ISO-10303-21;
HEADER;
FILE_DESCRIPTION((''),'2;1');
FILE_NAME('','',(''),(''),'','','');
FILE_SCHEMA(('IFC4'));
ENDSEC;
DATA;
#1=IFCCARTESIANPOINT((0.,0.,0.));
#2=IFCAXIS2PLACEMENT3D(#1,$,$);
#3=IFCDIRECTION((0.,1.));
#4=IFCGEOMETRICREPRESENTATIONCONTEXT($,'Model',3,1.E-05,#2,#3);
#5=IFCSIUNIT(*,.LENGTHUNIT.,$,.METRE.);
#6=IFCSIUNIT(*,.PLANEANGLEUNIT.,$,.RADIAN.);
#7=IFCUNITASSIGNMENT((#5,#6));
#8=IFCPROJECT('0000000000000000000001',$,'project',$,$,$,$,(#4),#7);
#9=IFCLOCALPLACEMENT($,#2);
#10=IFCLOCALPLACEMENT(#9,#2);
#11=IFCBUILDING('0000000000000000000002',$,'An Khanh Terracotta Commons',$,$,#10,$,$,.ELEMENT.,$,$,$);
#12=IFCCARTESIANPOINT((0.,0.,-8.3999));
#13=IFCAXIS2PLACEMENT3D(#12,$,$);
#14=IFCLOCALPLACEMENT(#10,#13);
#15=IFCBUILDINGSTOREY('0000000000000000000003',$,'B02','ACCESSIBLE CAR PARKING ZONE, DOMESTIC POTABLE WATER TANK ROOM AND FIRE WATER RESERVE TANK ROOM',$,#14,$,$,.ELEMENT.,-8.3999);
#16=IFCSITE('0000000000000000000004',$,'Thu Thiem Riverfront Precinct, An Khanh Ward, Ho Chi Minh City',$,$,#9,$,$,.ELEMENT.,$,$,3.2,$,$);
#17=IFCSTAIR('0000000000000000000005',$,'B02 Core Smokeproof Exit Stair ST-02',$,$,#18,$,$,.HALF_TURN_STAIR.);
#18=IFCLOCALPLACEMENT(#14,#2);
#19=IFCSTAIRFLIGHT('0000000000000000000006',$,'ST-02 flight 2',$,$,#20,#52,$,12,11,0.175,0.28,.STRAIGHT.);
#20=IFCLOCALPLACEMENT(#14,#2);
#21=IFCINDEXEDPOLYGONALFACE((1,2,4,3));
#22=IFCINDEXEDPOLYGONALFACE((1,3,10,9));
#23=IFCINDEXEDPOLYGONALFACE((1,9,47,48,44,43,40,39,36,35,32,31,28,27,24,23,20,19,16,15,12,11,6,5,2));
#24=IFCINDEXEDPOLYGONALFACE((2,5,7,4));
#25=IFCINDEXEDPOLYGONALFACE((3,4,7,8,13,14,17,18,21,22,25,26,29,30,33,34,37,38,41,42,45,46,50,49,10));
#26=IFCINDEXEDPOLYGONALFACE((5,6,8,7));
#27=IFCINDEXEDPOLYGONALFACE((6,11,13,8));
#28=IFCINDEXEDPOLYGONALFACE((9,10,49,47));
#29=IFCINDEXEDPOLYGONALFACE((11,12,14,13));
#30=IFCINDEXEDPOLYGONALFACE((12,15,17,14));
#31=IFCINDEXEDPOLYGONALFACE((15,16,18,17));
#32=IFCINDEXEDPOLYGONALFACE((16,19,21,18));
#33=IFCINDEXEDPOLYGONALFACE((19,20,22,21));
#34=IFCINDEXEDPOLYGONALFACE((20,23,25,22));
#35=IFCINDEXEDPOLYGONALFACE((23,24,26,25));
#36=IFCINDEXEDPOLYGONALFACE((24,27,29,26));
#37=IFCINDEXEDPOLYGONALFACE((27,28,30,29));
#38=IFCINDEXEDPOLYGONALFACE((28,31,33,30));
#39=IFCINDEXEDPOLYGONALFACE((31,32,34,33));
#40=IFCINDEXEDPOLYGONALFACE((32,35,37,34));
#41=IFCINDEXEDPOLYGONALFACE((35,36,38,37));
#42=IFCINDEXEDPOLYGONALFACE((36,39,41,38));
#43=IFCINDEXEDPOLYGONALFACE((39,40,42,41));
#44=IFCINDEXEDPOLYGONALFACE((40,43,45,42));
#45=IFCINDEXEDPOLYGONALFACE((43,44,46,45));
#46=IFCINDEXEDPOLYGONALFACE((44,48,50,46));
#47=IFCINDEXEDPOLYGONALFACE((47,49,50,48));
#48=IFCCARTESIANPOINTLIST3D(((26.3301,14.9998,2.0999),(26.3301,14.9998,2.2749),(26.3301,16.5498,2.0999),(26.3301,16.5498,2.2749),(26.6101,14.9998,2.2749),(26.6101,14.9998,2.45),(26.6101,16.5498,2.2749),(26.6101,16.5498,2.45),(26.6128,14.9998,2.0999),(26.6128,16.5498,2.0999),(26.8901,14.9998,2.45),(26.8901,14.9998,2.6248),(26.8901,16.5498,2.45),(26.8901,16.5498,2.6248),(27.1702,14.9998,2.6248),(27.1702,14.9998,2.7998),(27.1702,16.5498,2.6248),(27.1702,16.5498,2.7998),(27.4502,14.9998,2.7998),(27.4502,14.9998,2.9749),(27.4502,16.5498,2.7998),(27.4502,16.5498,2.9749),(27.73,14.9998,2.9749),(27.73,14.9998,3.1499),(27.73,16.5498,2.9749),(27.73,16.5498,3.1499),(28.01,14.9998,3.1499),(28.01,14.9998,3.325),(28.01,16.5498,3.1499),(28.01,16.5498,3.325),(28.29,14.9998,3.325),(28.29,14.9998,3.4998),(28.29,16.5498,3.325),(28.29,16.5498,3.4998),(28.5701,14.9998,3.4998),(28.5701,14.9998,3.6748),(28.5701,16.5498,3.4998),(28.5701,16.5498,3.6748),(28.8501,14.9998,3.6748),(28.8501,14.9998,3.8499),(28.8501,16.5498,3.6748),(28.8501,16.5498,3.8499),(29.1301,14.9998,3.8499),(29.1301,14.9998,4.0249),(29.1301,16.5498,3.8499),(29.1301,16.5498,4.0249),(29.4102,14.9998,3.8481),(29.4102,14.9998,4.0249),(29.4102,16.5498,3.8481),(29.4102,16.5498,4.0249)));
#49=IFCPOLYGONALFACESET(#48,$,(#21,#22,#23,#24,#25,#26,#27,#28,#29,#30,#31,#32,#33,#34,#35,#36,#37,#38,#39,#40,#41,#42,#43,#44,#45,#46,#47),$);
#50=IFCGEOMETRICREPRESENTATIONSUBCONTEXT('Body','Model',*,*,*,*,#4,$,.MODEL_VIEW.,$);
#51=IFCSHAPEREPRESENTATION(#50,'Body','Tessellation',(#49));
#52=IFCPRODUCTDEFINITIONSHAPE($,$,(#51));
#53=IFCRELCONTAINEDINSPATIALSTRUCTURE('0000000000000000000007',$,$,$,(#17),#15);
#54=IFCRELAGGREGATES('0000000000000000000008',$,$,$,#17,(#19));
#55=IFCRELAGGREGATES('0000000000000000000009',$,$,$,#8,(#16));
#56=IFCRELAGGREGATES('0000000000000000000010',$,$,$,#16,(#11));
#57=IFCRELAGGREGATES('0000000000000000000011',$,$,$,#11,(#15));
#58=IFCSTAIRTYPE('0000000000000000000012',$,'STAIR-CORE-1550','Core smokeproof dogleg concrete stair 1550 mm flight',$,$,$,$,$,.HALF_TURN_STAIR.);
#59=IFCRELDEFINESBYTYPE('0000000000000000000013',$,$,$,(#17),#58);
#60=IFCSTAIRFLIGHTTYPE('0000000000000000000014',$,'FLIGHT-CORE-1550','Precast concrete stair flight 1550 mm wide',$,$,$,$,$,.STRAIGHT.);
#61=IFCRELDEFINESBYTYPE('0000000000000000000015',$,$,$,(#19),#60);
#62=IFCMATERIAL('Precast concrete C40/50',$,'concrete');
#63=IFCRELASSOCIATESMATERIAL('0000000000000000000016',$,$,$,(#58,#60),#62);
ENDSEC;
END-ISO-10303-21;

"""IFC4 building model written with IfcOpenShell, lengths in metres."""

from ifc_helpers import new_model, si_unit, direction, frame, origin, place, context, subcontext, project, spatial, polyline, outline, extrude, material, type_object, element, aggregate, save


model = new_model("IFC4")

# Units and contexts
model_context = context("Model", 3, precision=1e-05, world=origin(), true_north=direction((0.0, 1.0)))
body_context = subcontext(model_context, "Body", "Model", "MODEL_VIEW")
ifc_project = project(units=[si_unit("LENGTHUNIT", "METRE"), si_unit("PLANEANGLEUNIT", "RADIAN")], contexts=[model_context])

# Site, building, storey
site_placement = place(None, origin())
site = spatial("IfcSite", under=ifc_project, at=site_placement, Name="Thu Thiem Riverfront Precinct, An Khanh Ward, Ho Chi Minh City", CompositionType="ELEMENT", RefElevation=3.2)
building_placement = place(site_placement, origin())
building = spatial("IfcBuilding", under=site, at=building_placement, Name="An Khanh Terracotta Commons", CompositionType="ELEMENT")
storey_placement = place(building_placement, frame((0.0, 0.0, -8.3999)))
storey = spatial("IfcBuildingStorey", under=building, at=storey_placement, Name="B02", Description="ACCESSIBLE CAR PARKING ZONE, DOMESTIC POTABLE WATER TANK ROOM AND FIRE WATER RESERVE TANK ROOM", CompositionType="ELEMENT", Elevation=-8.3999)

# Stair, stair flight
ifc_material_1 = material(Name="Precast concrete C40/50", Category="concrete")
stair_type = type_object("IfcStairType", Name="STAIR-CORE-1550", Description="Core smokeproof dogleg concrete stair 1550 mm flight", PredefinedType="HALF_TURN_STAIR", material=ifc_material_1)
stair_placement = place(storey_placement, origin())
stair = element("IfcStair", 1, at=stair_placement, inside=storey, type_object=stair_type, Name="B02 Core Smokeproof Exit Stair ST-02", PredefinedType="HALF_TURN_STAIR")
stair_flight_type = type_object("IfcStairFlightType", Name="FLIGHT-CORE-1550", Description="Precast concrete stair flight 1550 mm wide", PredefinedType="STRAIGHT", material=ifc_material_1)
stair_flight_1_placement = place(storey_placement, frame((26.3301, 15.7749, 2.0999), z_axis=(0.0, 0.0, 1.0), x_axis=(1.0, 0.0, 0.0)))
stair_flight_1 = element("IfcStairFlight", 2, at=stair_flight_1_placement, type_object=stair_flight_type, Name="ST-02 flight 2", NumberOfRisers=12, NumberOfTreads=11, PredefinedType="STRAIGHT", RiserHeight=0.175, TreadLength=0.28, context=body_context, shape_type="SweptSolid", body=[
    extrude(outline(polyline([(0.0, 0.0), (0.0, 0.175), (0.28, 0.175), (0.28, 0.3501), (0.5601, 0.3501), (0.5601, 0.5249), (0.8401, 0.5249), (0.8401, 0.7), (1.1201, 0.7), (1.1201, 0.875), (1.3999, 0.875), (1.3999, 1.05), (1.6799, 1.05), (1.6799, 1.2251), (1.96, 1.2251), (1.96, 1.3999), (2.24, 1.3999), (2.24, 1.575), (2.52, 1.575), (2.52, 1.75), (2.8, 1.75), (2.8, 1.925), (3.0801, 1.925), (3.0801, 2.1001), (3.0801, 1.7483), (0.2827, 0.0), (0.0, 0.0)])), frame((0.0, 0.7749, 0.0), z_axis=(0.0, -1.0, 0.0), x_axis=(1.0, 0.0, 0.0)), (0.0, 0.0, 1.0), 1.55),
])
aggregate(stair, [stair_flight_1])

save(model, "model.ifc")
